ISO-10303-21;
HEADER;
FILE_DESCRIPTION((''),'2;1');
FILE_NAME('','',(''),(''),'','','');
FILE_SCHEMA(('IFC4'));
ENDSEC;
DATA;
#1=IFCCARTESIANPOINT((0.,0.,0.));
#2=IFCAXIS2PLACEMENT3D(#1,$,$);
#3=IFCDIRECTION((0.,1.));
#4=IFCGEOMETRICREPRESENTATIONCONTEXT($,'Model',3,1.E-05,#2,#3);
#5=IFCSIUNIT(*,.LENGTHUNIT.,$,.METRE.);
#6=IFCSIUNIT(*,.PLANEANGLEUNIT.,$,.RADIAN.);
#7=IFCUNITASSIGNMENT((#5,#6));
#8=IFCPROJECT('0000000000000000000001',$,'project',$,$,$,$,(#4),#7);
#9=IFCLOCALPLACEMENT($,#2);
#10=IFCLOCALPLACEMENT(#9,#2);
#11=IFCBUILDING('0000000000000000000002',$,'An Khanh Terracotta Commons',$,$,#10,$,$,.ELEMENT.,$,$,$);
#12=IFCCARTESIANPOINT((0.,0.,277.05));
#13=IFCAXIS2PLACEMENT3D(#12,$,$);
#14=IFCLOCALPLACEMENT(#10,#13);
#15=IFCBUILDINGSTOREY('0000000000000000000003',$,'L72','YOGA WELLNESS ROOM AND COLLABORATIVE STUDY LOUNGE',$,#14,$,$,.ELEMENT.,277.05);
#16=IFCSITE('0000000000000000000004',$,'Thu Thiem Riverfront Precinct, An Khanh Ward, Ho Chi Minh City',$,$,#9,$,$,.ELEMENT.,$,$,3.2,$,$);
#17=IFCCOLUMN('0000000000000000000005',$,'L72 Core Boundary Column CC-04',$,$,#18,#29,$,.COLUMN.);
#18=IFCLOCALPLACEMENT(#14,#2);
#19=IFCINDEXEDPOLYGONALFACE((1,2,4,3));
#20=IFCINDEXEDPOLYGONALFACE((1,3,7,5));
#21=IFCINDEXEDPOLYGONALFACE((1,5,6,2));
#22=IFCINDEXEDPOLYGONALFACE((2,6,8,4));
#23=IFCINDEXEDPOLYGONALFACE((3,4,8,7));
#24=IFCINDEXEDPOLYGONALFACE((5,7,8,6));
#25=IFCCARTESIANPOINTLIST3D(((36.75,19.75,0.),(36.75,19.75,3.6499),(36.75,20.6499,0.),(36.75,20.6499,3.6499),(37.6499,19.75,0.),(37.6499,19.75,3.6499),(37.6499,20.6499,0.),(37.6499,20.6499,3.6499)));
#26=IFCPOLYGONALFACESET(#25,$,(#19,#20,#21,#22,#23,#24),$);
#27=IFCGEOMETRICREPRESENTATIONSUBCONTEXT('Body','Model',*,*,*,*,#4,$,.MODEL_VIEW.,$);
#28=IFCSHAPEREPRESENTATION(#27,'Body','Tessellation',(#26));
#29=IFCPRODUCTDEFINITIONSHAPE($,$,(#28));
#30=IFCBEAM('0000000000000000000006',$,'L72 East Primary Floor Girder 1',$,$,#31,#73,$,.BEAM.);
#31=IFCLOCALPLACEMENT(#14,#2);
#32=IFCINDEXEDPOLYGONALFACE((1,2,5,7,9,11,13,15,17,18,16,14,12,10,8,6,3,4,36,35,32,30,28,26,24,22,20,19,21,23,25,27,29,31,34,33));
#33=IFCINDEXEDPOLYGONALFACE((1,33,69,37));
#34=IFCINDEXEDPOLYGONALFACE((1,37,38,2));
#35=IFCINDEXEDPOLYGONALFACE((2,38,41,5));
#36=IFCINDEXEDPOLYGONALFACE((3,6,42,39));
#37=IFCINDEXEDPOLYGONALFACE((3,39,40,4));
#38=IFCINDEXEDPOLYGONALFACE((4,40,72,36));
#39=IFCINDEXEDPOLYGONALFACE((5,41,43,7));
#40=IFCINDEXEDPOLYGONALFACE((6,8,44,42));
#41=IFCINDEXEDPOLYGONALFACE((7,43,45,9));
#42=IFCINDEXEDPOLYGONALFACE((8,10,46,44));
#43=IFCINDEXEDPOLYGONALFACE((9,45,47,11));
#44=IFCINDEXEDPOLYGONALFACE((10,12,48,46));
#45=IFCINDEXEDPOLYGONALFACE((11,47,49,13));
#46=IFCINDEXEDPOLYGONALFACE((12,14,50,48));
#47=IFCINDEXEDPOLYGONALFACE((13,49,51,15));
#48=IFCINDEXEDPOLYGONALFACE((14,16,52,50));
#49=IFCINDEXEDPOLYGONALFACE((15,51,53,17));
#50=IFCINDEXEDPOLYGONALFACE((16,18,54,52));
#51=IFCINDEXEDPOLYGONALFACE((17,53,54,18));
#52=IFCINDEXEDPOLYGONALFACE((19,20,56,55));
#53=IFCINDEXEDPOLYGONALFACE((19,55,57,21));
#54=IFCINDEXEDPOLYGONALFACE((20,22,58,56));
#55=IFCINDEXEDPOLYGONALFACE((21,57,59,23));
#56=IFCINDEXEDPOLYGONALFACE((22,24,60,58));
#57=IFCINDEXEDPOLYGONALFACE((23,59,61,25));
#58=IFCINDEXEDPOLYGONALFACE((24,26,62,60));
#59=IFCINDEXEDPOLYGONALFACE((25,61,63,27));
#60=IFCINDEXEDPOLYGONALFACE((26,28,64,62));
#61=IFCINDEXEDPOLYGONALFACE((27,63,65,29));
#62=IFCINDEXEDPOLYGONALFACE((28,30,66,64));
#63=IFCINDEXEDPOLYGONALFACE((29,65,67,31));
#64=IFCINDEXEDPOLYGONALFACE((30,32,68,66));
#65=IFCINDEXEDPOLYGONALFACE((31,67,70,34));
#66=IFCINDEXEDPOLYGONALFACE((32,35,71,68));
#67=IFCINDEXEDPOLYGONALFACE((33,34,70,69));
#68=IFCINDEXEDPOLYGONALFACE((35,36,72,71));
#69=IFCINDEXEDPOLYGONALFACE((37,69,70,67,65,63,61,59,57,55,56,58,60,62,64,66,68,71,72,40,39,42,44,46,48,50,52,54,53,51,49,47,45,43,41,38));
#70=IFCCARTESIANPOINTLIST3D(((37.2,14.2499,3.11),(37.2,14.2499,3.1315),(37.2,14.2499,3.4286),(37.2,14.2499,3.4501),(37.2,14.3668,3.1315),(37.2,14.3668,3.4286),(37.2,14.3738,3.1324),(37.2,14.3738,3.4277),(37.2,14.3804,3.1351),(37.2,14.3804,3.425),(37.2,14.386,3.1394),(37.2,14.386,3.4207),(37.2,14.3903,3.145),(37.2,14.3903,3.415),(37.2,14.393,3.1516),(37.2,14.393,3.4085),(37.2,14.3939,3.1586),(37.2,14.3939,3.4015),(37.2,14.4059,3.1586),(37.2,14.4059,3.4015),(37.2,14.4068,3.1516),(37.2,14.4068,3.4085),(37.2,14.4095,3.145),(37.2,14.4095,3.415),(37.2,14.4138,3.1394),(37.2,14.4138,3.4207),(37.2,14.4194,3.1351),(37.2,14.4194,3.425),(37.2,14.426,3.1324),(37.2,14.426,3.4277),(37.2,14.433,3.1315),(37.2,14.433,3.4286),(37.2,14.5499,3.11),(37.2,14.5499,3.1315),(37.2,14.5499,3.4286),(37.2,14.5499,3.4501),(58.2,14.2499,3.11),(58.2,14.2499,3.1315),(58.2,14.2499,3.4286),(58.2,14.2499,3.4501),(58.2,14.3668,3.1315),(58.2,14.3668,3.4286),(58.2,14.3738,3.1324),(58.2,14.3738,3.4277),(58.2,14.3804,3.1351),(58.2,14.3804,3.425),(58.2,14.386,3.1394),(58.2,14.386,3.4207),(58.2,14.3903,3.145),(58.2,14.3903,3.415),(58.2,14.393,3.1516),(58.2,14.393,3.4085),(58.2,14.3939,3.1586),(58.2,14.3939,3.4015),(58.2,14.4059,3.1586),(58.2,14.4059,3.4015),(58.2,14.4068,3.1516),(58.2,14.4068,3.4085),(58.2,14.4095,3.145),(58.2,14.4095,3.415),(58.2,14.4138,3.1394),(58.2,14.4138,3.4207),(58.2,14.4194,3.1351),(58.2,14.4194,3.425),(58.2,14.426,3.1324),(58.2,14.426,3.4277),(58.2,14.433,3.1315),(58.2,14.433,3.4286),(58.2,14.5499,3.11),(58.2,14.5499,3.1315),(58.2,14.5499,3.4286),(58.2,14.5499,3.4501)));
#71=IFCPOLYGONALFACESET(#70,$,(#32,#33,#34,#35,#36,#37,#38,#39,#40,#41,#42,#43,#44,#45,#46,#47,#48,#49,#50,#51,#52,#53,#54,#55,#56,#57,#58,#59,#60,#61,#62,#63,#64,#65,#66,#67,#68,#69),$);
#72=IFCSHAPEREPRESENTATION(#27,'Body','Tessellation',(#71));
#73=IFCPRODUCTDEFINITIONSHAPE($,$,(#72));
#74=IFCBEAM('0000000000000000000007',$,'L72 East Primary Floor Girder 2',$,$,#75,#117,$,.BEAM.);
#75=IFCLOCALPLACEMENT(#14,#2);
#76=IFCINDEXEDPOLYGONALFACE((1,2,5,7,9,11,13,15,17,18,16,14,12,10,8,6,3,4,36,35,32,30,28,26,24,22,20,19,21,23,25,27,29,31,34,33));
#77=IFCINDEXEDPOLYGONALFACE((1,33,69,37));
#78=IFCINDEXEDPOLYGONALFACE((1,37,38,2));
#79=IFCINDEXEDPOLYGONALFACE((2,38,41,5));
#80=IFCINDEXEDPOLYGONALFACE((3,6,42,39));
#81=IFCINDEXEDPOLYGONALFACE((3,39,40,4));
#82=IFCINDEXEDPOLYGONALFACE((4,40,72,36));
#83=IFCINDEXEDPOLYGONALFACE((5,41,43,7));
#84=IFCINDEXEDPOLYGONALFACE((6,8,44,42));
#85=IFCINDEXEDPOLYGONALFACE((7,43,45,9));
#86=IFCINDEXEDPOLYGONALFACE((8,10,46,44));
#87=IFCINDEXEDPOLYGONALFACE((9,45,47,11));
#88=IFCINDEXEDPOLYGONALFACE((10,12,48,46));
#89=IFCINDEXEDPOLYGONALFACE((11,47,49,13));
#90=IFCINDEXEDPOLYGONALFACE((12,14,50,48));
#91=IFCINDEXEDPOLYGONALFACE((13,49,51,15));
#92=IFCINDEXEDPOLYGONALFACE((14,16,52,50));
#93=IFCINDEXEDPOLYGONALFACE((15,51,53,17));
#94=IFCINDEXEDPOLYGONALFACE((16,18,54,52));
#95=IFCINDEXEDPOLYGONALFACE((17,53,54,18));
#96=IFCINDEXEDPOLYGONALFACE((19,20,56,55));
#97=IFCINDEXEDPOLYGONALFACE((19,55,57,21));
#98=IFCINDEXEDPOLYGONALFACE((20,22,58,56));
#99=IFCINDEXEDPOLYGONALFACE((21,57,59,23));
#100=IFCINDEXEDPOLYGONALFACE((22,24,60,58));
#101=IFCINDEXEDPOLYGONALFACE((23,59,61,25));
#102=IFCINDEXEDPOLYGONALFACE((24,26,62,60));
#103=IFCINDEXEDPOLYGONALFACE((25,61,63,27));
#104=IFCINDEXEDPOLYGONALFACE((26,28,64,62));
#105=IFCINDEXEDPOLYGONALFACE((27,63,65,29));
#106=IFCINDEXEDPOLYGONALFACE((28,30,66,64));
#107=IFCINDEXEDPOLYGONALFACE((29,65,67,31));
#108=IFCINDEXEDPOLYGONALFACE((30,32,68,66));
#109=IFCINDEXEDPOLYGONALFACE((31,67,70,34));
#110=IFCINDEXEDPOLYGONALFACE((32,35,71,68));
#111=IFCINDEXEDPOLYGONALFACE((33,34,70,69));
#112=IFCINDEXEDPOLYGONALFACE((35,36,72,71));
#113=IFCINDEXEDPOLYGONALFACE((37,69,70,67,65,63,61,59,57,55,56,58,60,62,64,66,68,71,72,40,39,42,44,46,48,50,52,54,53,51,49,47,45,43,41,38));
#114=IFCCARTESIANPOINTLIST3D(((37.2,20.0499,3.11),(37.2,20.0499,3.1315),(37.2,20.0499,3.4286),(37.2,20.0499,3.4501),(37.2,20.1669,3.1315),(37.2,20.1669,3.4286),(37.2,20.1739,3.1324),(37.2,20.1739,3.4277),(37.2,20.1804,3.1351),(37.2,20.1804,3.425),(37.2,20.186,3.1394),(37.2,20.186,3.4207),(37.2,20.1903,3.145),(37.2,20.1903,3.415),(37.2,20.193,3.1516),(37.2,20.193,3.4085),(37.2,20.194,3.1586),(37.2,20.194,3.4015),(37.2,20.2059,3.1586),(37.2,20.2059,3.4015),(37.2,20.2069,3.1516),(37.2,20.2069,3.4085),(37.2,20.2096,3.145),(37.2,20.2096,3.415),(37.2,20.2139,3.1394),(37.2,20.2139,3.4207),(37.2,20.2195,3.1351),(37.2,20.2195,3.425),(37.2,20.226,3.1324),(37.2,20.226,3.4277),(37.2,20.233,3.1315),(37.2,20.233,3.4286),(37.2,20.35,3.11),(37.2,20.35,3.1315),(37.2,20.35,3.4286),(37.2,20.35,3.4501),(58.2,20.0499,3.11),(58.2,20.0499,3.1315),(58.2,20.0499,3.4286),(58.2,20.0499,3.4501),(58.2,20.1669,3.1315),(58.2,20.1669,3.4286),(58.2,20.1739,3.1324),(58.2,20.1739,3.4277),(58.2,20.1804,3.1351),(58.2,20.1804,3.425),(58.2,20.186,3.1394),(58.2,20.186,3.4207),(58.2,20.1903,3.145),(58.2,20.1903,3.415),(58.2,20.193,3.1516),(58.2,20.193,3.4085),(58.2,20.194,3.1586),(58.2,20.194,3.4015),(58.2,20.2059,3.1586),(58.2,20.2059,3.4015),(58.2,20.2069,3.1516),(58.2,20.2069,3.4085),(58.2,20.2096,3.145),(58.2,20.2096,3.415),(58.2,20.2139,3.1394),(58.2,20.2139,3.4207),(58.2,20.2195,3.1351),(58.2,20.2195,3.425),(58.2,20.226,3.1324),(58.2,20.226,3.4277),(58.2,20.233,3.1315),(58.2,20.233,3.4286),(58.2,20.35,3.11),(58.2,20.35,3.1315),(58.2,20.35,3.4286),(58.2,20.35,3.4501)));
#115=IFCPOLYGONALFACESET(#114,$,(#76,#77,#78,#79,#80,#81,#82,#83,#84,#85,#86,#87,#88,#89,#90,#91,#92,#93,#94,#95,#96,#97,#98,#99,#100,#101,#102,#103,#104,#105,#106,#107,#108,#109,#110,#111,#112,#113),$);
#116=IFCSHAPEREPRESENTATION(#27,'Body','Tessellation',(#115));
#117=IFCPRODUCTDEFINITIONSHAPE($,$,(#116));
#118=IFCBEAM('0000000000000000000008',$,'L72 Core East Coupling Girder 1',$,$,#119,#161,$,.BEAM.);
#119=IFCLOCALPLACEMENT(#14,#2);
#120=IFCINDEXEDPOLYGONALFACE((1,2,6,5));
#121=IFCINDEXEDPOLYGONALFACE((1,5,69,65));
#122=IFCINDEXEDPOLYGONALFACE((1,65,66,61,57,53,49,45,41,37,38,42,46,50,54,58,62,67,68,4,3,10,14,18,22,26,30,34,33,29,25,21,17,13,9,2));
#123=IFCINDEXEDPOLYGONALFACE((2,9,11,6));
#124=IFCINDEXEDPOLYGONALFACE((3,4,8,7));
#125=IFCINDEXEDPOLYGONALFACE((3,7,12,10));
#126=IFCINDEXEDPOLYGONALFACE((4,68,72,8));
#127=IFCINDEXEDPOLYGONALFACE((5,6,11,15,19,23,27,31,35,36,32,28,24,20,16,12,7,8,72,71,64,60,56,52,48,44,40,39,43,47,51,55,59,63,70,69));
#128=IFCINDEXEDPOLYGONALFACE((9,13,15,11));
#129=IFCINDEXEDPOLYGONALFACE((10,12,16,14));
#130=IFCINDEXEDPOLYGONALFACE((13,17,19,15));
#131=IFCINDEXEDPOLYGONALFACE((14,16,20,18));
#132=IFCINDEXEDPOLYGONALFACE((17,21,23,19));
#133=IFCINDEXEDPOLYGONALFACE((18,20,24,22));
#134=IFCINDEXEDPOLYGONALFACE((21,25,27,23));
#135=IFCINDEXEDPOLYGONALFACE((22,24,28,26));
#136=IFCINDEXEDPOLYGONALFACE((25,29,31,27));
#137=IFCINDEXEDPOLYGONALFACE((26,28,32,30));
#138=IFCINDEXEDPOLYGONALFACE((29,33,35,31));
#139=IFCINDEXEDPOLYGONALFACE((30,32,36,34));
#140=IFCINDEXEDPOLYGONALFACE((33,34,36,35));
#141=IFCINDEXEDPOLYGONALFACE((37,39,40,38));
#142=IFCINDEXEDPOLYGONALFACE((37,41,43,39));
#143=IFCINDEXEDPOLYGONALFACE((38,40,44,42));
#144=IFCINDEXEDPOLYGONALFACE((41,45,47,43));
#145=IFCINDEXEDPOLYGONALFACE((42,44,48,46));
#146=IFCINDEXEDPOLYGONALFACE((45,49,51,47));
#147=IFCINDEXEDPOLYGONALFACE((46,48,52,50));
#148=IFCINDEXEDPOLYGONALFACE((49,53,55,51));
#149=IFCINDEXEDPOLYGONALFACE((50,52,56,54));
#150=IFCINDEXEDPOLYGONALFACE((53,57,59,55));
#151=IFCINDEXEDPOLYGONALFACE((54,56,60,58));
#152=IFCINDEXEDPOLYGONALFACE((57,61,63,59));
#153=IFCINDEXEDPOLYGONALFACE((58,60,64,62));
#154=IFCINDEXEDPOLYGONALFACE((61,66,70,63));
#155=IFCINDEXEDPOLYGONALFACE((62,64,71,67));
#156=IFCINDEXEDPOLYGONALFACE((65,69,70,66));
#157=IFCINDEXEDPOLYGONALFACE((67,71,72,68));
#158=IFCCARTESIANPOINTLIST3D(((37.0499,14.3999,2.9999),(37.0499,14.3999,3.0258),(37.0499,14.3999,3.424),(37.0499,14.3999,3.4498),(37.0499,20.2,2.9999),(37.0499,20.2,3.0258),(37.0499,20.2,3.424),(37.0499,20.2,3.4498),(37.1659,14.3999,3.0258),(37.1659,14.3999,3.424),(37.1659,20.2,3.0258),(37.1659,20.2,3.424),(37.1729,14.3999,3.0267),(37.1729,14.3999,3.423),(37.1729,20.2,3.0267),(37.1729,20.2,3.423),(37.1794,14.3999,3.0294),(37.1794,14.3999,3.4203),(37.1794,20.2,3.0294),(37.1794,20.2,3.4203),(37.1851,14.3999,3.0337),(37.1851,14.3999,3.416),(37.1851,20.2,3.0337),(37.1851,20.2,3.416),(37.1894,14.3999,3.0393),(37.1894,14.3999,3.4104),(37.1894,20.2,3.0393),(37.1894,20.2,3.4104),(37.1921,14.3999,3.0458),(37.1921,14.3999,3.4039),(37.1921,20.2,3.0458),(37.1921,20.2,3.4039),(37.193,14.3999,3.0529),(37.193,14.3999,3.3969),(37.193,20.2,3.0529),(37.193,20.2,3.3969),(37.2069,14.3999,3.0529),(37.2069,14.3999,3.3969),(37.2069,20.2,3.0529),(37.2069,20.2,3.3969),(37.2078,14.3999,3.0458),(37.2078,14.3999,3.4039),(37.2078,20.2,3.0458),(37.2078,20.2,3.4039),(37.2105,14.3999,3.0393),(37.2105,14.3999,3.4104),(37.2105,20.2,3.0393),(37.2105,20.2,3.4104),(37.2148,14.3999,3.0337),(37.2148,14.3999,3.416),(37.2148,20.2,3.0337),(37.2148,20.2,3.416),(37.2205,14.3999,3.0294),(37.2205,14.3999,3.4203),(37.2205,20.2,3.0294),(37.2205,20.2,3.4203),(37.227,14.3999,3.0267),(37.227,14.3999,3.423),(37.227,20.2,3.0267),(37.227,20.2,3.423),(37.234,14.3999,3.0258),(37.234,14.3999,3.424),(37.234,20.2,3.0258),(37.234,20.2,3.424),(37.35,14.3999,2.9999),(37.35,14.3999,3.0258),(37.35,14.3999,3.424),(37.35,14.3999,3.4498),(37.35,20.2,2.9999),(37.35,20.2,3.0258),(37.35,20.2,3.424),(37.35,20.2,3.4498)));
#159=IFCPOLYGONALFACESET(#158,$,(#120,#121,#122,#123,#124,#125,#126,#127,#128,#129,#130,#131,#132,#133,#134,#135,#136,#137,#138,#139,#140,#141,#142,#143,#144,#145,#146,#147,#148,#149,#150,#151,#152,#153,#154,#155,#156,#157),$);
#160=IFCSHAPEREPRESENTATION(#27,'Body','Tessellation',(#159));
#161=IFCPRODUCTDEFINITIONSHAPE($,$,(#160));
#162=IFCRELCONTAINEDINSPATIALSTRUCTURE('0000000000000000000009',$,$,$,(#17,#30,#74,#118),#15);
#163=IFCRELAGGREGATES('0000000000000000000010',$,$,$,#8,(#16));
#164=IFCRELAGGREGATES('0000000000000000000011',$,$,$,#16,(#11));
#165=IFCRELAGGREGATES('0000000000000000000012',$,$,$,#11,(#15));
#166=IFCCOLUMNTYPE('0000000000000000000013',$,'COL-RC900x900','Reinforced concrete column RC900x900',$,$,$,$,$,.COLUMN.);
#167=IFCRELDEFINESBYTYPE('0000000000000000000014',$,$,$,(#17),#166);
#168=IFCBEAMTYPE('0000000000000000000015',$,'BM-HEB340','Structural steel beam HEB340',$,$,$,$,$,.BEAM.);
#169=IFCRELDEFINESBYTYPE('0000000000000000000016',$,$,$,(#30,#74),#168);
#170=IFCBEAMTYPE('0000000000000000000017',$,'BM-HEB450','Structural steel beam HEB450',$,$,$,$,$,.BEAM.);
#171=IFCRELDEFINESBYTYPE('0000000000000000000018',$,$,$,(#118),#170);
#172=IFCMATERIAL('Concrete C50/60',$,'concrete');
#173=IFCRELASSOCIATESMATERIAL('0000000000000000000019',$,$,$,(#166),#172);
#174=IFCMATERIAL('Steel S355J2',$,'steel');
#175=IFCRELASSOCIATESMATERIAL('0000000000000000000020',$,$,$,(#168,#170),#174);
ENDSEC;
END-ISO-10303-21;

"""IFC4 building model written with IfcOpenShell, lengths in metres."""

from ifc_helpers import new_model, si_unit, direction, frame, origin, origin_2d, place, context, subcontext, project, spatial, rectangle, i_section, extrude, material, material_profile, profile_set, type_object, element, save


model = new_model("IFC4")

# Units and contexts
model_context = context("Model", 3, precision=1e-05, world=origin(), true_north=direction((0.0, 1.0)))
body_context = subcontext(model_context, "Body", "Model", "MODEL_VIEW")
ifc_project = project(units=[si_unit("LENGTHUNIT", "METRE"), si_unit("PLANEANGLEUNIT", "RADIAN")], contexts=[model_context])

# Site, building, storey
site_placement = place(None, origin())
site = spatial("IfcSite", under=ifc_project, at=site_placement, Name="Thu Thiem Riverfront Precinct, An Khanh Ward, Ho Chi Minh City", CompositionType="ELEMENT", RefElevation=3.2)
building_placement = place(site_placement, origin())
building = spatial("IfcBuilding", under=site, at=building_placement, Name="An Khanh Terracotta Commons", CompositionType="ELEMENT")
storey_placement = place(building_placement, frame((0.0, 0.0, 277.05)))
storey = spatial("IfcBuildingStorey", under=building, at=storey_placement, Name="L72", Description="YOGA WELLNESS ROOM AND COLLABORATIVE STUDY LOUNGE", CompositionType="ELEMENT", Elevation=277.05)

# Column
ifc_material_1 = material(Name="Concrete C50/60", Category="concrete")
ifc_material_profile_1 = material_profile(ifc_material_1, rectangle(XDim=0.8999, YDim=0.8999, at=origin_2d()), Name="RC900x900")
ifc_profile_set_1 = profile_set([ifc_material_profile_1], Name="Concrete C50/60")
column_type = type_object("IfcColumnType", Name="COL-RC900x900", Description="Reinforced concrete column RC900x900", PredefinedType="COLUMN", material=ifc_profile_set_1)
column_placement = place(storey_placement, frame((37.2, 20.2, 0.0), z_axis=(0.0, 0.0, 1.0), x_axis=(1.0, 0.0, 0.0)))
element("IfcColumn", 1, at=column_placement, inside=storey, type_object=column_type, Name="L72 Core Boundary Column CC-04", PredefinedType="COLUMN", context=body_context, shape_type="SweptSolid", body=[
    extrude(rectangle(XDim=0.8999, YDim=0.8999, at=origin_2d()), origin(), (0.0, 0.0, 1.0), 3.6499),
])

# Beams
ifc_material_2 = material(Name="Steel S355J2", Category="steel")
ifc_material_profile_2 = material_profile(ifc_material_2, i_section(OverallWidth=0.3, OverallDepth=0.3401, WebThickness=0.012, FlangeThickness=0.0215, FilletRadius=0.0271, at=origin_2d()), Name="HEB340")
ifc_profile_set_2 = profile_set([ifc_material_profile_2], Name="Steel S355J2")
beam_type_1 = type_object("IfcBeamType", Name="BM-HEB340", Description="Structural steel beam HEB340", PredefinedType="BEAM", material=ifc_profile_set_2)
for number, where, z_axis, x_axis, name in (
    (2, (37.2, 14.3999, 3.28), (1.0, 0.0, 0.0), (0.0, 1.0, 0.0), "L72 East Primary Floor Girder 1"),
    (3, (37.2, 20.2, 3.28), (1.0, 0.0, 0.0), (0.0, 1.0, 0.0), "L72 East Primary Floor Girder 2"),
):
    element("IfcBeam", number, at=place(storey_placement, frame(where, z_axis=z_axis, x_axis=x_axis)), inside=storey, type_object=beam_type_1, Name=name, PredefinedType="BEAM", context=body_context, shape_type="SweptSolid", body=[
        extrude(i_section(OverallWidth=0.3, OverallDepth=0.3401, WebThickness=0.012, FlangeThickness=0.0215, FilletRadius=0.0271, at=origin_2d()), origin(), (0.0, 0.0, 1.0), 21.0),
    ])
ifc_material_profile_3 = material_profile(ifc_material_2, i_section(OverallWidth=0.3, OverallDepth=0.45, WebThickness=0.0139, FlangeThickness=0.0259, FilletRadius=0.0271, at=origin_2d()), Name="HEB450")
ifc_profile_set_3 = profile_set([ifc_material_profile_3], Name="Steel S355J2")
beam_type_2 = type_object("IfcBeamType", Name="BM-HEB450", Description="Structural steel beam HEB450", PredefinedType="BEAM", material=ifc_profile_set_3)
beam_1_placement = place(storey_placement, frame((37.2, 14.3999, 3.2249), z_axis=(0.0, 1.0, 0.0), x_axis=(-1.0, 0.0, 0.0)))
element("IfcBeam", 4, at=beam_1_placement, inside=storey, type_object=beam_type_2, Name="L72 Core East Coupling Girder 1", PredefinedType="BEAM", context=body_context, shape_type="SweptSolid", body=[
    extrude(i_section(OverallWidth=0.3, OverallDepth=0.45, WebThickness=0.0139, FlangeThickness=0.0259, FilletRadius=0.0271, at=origin_2d()), origin(), (0.0, 0.0, 1.0), 5.8),
])

save(model, "model.ifc")
